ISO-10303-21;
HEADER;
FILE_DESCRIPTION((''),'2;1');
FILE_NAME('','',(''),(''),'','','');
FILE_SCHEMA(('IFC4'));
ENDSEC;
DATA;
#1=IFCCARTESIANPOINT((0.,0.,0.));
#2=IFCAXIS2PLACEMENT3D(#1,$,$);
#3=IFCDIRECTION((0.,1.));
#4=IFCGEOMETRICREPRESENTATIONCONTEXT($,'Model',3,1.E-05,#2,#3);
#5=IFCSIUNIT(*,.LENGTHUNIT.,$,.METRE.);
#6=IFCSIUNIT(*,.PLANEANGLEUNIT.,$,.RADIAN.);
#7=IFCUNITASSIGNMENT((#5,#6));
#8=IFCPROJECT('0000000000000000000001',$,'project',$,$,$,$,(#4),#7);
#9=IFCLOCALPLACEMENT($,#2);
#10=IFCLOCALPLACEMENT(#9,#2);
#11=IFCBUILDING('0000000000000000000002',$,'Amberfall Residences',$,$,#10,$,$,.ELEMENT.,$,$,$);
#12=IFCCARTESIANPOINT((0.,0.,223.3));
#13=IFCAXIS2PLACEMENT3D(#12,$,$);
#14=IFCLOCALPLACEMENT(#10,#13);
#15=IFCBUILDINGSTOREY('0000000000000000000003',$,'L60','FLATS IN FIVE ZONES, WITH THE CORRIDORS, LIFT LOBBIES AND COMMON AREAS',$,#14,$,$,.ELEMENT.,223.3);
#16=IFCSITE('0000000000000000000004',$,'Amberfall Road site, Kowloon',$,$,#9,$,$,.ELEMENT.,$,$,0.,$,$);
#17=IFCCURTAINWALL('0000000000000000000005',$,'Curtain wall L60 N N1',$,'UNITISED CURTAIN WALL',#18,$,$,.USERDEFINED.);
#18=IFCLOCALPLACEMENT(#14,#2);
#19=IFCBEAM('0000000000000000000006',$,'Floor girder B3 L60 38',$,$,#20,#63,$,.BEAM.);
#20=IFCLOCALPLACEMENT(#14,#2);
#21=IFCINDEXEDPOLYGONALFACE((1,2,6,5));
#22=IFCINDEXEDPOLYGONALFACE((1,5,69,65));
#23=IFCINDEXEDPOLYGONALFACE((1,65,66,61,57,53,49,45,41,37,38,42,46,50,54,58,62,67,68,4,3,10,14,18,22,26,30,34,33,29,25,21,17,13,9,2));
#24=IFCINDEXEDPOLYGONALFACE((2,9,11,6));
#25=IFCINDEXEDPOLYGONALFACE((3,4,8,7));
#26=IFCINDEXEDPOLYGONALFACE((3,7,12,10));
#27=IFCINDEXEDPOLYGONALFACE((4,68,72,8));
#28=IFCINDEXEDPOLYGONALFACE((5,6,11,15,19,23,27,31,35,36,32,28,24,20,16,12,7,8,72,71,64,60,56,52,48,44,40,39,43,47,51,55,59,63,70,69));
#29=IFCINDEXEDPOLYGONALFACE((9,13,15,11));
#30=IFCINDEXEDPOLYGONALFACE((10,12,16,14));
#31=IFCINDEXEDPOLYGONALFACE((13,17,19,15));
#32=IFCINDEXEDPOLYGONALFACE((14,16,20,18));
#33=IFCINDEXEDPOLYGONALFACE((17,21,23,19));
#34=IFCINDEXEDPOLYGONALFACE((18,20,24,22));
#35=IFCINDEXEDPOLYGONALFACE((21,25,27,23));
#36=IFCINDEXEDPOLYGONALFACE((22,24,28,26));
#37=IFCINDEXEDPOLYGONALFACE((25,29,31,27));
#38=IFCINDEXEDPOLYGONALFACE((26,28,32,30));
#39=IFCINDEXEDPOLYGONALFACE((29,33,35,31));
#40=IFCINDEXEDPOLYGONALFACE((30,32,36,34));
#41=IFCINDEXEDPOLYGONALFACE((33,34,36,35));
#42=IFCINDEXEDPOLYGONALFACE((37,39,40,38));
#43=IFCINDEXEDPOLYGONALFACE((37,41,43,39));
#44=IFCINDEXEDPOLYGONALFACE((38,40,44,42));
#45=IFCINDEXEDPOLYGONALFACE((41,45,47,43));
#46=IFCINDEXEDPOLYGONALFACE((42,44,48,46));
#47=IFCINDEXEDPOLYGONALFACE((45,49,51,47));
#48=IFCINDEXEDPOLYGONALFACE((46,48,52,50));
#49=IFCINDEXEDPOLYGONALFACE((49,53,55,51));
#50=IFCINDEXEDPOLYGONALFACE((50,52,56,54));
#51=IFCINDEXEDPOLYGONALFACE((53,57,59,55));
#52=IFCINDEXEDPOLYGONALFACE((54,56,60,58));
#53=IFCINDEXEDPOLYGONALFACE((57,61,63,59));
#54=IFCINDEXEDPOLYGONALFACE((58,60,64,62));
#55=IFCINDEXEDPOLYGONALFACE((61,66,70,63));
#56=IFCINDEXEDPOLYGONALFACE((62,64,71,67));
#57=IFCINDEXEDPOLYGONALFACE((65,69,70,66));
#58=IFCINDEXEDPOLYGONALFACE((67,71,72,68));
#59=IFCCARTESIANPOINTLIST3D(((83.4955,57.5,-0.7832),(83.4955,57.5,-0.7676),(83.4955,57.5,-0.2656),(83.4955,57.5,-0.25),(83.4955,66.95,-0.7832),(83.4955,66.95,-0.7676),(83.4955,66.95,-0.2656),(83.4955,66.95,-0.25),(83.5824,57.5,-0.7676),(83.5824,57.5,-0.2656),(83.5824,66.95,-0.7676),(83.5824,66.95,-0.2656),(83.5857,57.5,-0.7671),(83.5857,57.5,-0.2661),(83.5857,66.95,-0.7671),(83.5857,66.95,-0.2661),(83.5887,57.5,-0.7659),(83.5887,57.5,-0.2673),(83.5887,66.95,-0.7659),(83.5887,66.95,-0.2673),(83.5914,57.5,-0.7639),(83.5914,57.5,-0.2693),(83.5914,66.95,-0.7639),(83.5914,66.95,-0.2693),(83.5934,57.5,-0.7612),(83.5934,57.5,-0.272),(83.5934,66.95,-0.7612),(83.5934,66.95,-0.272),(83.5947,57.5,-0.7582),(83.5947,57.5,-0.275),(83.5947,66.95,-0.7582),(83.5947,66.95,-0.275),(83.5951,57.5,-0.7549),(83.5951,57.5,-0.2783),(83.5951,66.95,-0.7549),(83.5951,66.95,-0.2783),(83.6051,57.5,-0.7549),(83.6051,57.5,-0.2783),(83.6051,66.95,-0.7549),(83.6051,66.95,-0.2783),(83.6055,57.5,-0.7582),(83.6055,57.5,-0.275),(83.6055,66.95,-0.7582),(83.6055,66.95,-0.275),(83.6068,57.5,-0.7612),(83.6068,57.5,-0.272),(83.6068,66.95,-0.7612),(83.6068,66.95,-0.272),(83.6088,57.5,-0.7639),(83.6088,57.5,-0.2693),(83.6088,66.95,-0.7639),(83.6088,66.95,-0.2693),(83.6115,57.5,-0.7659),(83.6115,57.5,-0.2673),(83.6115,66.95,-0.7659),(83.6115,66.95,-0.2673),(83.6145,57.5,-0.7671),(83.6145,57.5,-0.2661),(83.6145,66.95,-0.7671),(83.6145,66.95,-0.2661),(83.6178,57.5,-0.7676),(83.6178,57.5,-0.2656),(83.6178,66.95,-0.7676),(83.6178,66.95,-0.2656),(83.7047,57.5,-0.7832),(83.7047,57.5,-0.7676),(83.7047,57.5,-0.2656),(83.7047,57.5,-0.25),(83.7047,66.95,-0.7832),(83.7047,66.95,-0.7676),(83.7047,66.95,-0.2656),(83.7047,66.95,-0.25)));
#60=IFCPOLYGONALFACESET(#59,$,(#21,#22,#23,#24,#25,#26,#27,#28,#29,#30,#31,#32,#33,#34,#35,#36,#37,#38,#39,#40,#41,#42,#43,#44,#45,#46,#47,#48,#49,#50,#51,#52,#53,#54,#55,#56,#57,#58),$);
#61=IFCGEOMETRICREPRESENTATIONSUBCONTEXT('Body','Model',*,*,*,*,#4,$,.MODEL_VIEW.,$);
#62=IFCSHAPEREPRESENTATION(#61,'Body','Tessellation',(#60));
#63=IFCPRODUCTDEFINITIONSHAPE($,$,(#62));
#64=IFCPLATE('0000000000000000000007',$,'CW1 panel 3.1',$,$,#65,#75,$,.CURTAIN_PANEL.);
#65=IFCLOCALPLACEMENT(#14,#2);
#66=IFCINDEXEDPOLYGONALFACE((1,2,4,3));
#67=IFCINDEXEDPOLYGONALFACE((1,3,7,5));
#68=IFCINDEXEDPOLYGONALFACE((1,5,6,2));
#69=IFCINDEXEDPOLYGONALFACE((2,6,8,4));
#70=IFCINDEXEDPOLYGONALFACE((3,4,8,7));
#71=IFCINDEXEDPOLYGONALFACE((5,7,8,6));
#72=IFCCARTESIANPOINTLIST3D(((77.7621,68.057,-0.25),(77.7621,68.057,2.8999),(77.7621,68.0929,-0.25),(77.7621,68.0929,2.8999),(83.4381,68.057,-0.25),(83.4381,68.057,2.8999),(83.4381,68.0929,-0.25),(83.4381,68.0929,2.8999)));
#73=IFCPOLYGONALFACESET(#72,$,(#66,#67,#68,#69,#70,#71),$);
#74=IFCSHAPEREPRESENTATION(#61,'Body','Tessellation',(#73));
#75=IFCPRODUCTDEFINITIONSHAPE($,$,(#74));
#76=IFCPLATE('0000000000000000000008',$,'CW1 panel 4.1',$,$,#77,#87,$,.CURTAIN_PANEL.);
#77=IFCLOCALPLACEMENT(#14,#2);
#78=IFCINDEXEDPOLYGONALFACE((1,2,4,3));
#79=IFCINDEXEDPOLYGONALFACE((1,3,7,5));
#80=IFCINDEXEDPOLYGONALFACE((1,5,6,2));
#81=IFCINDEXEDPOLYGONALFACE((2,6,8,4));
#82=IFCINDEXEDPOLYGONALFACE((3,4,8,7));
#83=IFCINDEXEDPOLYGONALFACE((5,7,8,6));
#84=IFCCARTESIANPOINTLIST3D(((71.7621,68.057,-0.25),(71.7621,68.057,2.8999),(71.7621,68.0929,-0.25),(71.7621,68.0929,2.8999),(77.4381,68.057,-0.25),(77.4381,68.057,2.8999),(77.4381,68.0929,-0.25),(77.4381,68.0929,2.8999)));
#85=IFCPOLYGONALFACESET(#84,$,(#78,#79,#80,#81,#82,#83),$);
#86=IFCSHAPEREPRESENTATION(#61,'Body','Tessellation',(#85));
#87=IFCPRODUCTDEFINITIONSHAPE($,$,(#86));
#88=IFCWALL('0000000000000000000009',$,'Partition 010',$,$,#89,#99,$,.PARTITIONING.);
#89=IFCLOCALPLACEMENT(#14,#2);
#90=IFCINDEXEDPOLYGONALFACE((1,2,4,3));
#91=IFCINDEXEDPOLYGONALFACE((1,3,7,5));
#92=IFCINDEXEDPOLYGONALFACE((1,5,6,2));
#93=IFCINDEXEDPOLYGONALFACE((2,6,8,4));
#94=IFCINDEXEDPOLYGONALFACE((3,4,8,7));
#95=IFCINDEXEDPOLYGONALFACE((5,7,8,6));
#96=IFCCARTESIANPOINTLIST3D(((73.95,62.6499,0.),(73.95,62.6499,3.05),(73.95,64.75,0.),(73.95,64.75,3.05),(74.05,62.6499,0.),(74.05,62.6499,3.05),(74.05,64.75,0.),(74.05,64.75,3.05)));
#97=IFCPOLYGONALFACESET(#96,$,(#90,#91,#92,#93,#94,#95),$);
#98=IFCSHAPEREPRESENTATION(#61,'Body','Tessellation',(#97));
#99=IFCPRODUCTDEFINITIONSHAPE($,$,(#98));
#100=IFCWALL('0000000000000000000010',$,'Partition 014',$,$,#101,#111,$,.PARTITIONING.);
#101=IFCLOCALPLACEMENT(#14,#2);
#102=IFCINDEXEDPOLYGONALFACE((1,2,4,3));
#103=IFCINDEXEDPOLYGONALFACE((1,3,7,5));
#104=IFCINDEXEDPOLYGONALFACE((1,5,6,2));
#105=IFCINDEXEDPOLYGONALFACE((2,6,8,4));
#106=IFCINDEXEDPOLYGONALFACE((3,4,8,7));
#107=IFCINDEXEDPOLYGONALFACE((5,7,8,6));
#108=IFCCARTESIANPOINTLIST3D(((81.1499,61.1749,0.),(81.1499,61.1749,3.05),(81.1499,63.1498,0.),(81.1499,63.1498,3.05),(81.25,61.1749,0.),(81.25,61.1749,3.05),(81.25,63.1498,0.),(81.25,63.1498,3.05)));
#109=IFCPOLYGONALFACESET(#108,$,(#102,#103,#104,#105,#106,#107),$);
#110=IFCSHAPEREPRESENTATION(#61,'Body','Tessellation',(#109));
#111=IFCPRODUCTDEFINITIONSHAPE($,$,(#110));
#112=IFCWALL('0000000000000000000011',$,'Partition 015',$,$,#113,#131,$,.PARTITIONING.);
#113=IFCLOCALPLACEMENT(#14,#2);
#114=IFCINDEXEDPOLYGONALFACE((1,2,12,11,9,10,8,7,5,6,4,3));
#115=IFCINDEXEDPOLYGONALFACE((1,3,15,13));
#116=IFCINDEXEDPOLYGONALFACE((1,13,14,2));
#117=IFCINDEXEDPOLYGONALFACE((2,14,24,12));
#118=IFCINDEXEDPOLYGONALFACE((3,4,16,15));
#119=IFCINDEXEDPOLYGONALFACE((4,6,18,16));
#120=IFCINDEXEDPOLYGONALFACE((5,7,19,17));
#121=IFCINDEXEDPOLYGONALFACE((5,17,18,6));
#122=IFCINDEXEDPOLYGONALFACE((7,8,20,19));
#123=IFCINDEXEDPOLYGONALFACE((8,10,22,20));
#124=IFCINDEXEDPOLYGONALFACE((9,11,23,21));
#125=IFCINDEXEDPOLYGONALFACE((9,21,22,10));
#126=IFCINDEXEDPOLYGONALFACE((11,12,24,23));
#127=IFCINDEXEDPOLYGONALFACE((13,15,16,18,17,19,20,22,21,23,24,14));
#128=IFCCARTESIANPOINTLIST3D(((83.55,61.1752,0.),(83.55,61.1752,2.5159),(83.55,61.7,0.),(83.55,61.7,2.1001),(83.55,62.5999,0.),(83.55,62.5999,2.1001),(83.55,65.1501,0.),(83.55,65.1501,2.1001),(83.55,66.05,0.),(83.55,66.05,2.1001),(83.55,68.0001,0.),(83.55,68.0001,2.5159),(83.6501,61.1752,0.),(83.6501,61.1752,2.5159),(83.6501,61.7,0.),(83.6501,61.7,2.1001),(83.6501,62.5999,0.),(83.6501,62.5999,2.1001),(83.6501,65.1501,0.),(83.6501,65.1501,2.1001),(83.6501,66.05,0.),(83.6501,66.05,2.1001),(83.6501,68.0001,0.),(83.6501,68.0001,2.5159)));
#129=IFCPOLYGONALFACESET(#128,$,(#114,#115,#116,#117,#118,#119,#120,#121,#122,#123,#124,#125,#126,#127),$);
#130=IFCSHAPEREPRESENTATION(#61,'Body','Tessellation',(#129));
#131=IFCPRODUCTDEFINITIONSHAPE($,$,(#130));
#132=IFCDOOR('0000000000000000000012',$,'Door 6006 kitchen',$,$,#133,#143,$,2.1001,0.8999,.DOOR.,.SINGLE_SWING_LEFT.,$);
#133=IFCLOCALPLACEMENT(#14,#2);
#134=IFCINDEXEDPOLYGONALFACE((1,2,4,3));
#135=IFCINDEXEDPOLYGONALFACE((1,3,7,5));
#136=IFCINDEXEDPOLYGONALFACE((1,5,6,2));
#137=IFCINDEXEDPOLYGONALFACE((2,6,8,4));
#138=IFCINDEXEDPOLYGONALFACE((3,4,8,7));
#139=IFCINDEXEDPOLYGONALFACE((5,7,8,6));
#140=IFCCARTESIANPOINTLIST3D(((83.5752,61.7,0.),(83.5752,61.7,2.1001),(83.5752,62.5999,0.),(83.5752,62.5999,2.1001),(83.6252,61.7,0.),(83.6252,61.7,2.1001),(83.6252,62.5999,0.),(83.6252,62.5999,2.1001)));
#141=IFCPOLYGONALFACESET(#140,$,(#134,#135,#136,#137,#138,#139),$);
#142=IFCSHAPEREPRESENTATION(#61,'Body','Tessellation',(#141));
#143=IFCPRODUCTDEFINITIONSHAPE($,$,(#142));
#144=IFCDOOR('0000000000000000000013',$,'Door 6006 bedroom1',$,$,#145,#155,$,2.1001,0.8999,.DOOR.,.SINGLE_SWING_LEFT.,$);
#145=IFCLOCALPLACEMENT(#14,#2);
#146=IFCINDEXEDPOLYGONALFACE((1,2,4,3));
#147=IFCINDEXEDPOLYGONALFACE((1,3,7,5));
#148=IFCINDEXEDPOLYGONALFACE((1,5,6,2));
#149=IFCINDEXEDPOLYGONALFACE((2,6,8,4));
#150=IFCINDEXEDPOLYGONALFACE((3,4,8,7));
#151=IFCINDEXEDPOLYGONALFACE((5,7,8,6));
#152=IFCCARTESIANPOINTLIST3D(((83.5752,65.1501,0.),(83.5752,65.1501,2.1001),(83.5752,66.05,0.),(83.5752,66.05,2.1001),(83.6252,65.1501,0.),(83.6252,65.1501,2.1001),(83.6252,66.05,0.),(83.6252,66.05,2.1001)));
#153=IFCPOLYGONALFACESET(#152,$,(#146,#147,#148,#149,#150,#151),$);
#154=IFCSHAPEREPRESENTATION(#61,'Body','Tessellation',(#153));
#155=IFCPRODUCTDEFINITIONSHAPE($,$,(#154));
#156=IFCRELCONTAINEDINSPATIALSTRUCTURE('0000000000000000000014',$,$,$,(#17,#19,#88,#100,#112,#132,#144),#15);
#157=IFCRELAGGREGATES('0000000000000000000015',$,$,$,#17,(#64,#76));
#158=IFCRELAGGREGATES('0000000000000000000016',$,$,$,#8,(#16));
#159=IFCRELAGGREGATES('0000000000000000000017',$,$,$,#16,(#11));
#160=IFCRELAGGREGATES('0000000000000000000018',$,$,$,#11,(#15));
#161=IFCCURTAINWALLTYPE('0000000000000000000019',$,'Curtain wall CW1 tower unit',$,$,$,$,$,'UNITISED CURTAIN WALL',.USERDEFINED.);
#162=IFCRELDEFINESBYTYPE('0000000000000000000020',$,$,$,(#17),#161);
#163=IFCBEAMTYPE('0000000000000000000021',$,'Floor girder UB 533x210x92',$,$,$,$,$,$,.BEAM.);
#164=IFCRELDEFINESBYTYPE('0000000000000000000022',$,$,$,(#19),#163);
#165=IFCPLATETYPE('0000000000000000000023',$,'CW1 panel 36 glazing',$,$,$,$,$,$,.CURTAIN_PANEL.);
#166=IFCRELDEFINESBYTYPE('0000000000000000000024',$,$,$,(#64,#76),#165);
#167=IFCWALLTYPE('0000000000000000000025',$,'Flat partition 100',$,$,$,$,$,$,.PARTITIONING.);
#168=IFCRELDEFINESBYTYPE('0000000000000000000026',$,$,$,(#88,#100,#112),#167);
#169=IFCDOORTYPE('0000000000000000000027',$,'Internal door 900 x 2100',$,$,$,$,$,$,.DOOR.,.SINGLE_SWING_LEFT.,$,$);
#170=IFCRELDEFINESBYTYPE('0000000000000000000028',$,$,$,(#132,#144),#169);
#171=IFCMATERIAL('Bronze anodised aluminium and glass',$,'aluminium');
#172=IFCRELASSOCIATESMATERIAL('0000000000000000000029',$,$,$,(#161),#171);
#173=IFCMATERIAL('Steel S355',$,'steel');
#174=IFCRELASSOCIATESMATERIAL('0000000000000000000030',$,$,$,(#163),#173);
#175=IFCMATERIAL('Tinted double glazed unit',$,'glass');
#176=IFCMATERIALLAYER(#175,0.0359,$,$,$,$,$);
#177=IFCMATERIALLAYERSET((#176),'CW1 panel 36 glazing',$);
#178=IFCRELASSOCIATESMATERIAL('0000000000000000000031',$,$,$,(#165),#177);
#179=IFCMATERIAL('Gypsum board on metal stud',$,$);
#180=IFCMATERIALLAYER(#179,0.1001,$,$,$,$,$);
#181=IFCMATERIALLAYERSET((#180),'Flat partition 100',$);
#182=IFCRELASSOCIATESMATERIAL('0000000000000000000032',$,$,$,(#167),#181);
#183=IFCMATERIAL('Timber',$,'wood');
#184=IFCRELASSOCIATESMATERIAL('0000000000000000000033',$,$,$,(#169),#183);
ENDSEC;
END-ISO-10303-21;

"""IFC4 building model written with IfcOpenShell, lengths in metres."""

from ifc_helpers import new_model, si_unit, direction, frame, frame_2d, origin, origin_2d, place, context, subcontext, project, spatial, rectangle, i_section, extrude, material, layer, layer_set, material_profile, profile_set, type_object, element, fill, aggregate, save


model = new_model("IFC4")

# Units and contexts
model_context = context("Model", 3, precision=1e-05, world=origin(), true_north=direction((0.0, 1.0)))
body_context = subcontext(model_context, "Body", "Model", "MODEL_VIEW")
ifc_project = project(units=[si_unit("LENGTHUNIT", "METRE"), si_unit("PLANEANGLEUNIT", "RADIAN")], contexts=[model_context])

# Site, building, storey
site_placement = place(None, origin())
site = spatial("IfcSite", under=ifc_project, at=site_placement, Name="Amberfall Road site, Kowloon", CompositionType="ELEMENT", RefElevation=0.0)
building_placement = place(site_placement, origin())
building = spatial("IfcBuilding", under=site, at=building_placement, Name="Amberfall Residences", CompositionType="ELEMENT")
storey_placement = place(building_placement, frame((0.0, 0.0, 223.3)))
storey = spatial("IfcBuildingStorey", under=building, at=storey_placement, Name="L60", Description="FLATS IN FIVE ZONES, WITH THE CORRIDORS, LIFT LOBBIES AND COMMON AREAS", CompositionType="ELEMENT", Elevation=223.3)

# Curtain wall
ifc_material_1 = material(Name="Bronze anodised aluminium and glass", Category="aluminium")
curtain_wall_type = type_object("IfcCurtainWallType", Name="Curtain wall CW1 tower unit", ElementType="UNITISED CURTAIN WALL", PredefinedType="USERDEFINED", material=ifc_material_1)
curtain_wall_placement = place(storey_placement, origin())
curtain_wall = element("IfcCurtainWall", 1, at=curtain_wall_placement, inside=storey, type_object=curtain_wall_type, Name="Curtain wall L60 N N1", ObjectType="UNITISED CURTAIN WALL", PredefinedType="USERDEFINED")

# Shared definitions
ifc_material_2 = material(Name="Steel S355", Category="steel")

# Beam
ifc_material_profile_1 = material_profile(ifc_material_2, i_section(OverallWidth=0.2092, OverallDepth=0.5332, WebThickness=0.01, FlangeThickness=0.0156, FilletRadius=0.0127, at=origin_2d()), Name="UB 533x210x92")
ifc_profile_set_1 = profile_set([ifc_material_profile_1], Name="Steel S355")
beam_type_1 = type_object("IfcBeamType", Name="Floor girder UB 533x210x92", PredefinedType="BEAM", material=ifc_profile_set_1)
for number, where, z_axis, x_axis, name in (
    (2, (83.6001, 66.95, -0.5166), (0.0, -1.0, 0.0), (1.0, 0.0, 0.0), "Floor girder B3 L60 38"),
):
    element("IfcBeam", number, at=place(storey_placement, frame(where, z_axis=z_axis, x_axis=x_axis)), inside=storey, type_object=beam_type_1, Name=name, PredefinedType="BEAM", context=body_context, shape_type="SweptSolid", body=[
        extrude(i_section(OverallWidth=0.2092, OverallDepth=0.5332, WebThickness=0.01, FlangeThickness=0.0156, FilletRadius=0.0127, at=origin_2d()), origin(), (0.0, 0.0, 1.0), 9.45),
    ])

# Plates
ifc_material_3 = material(Name="Tinted double glazed unit", Category="glass")
ifc_layer_1 = layer(ifc_material_3, 0.0359)
ifc_layer_set_1 = layer_set([ifc_layer_1], Name="CW1 panel 36 glazing")
plate_type = type_object("IfcPlateType", Name="CW1 panel 36 glazing", PredefinedType="CURTAIN_PANEL", material=ifc_layer_set_1)
plate_1_placement = place(storey_placement, frame((80.6001, 68.075, -0.25), z_axis=(0.0, 0.0, 1.0), x_axis=(-1.0, 0.0, 0.0)))
plate_1 = element("IfcPlate", 3, at=plate_1_placement, type_object=plate_type, Name="CW1 panel 3.1", PredefinedType="CURTAIN_PANEL", context=body_context, shape_type="SweptSolid", body=[
    extrude(rectangle(XDim=5.676, YDim=0.0359, at=origin_2d()), origin(), (0.0, 0.0, 1.0), 3.1499),
])
plate_2_placement = place(storey_placement, frame((74.6001, 68.075, -0.25), z_axis=(0.0, 0.0, 1.0), x_axis=(-1.0, 0.0, 0.0)))
plate_2 = element("IfcPlate", 4, at=plate_2_placement, type_object=plate_type, Name="CW1 panel 4.1", PredefinedType="CURTAIN_PANEL", context=body_context, shape_type="SweptSolid", body=[
    extrude(rectangle(XDim=5.676, YDim=0.0359, at=origin_2d()), origin(), (0.0, 0.0, 1.0), 3.1499),
])
aggregate(curtain_wall, [plate_1, plate_2])

# Walls
ifc_material_4 = material(Name="Gypsum board on metal stud")
ifc_layer_2 = layer(ifc_material_4, 0.1001)
ifc_layer_set_2 = layer_set([ifc_layer_2], Name="Flat partition 100")
wall_type_1 = type_object("IfcWallType", Name="Flat partition 100", PredefinedType="PARTITIONING", material=ifc_layer_set_2)
wall_1_placement = place(storey_placement, frame((74.0, 62.6499, 0.0), z_axis=(0.0, 0.0, 1.0), x_axis=(0.0, 1.0, 0.0)))
element("IfcWall", 5, at=wall_1_placement, inside=storey, type_object=wall_type_1, Name="Partition 010", PredefinedType="PARTITIONING", context=body_context, shape_type="SweptSolid", body=[
    extrude(rectangle(XDim=2.1001, YDim=0.1001, at=frame_2d((1.05, 0.0))), origin(), (0.0, 0.0, 1.0), 3.05),
])
wall_2_placement = place(storey_placement, frame((81.2, 61.175, 0.0), z_axis=(0.0, 0.0, 1.0), x_axis=(0.0, 1.0, 0.0)))
element("IfcWall", 6, at=wall_2_placement, inside=storey, type_object=wall_type_1, Name="Partition 014", PredefinedType="PARTITIONING", context=body_context, shape_type="SweptSolid", body=[
    extrude(rectangle(XDim=1.9749, YDim=0.1001, at=frame_2d((0.9873, 0.0))), origin(), (0.0, 0.0, 1.0), 3.05),
])

# Wall, openings, doors
wall_3_placement = place(storey_placement, frame((83.6001, 61.175, 0.0), z_axis=(0.0, 0.0, 1.0), x_axis=(0.0, 1.0, 0.0)))
wall_3 = element("IfcWall", 7, at=wall_3_placement, inside=storey, type_object=wall_type_1, Name="Partition 015", PredefinedType="PARTITIONING", context=body_context, shape_type="SweptSolid", body=[
    extrude(rectangle(XDim=6.825, YDim=0.1001, at=frame_2d((3.4126, 0.0))), origin(), (0.0, 0.0, 1.0), 2.5159),
])
opening_1_placement = place(wall_3_placement, frame((0.5249, 0.0, 0.0)))
opening_1 = element("IfcOpeningElement", 8, at=opening_1_placement, cuts=wall_3, PredefinedType="OPENING", context=body_context, shape_type="SweptSolid", body=[
    extrude(rectangle(XDim=0.8999, YDim=2.1001, at=frame_2d((0.45, 1.05))), frame((0.0, 0.0601, 0.0), z_axis=(0.0, -1.0, 0.0), x_axis=(1.0, 0.0, 0.0)), (0.0, 0.0, 1.0), 0.1201),
])
opening_2_placement = place(wall_3_placement, frame((3.9751, 0.0, 0.0)))
opening_2 = element("IfcOpeningElement", 9, at=opening_2_placement, cuts=wall_3, PredefinedType="OPENING", context=body_context, shape_type="SweptSolid", body=[
    extrude(rectangle(XDim=0.8999, YDim=2.1001, at=frame_2d((0.45, 1.05))), frame((0.0, 0.0601, 0.0), z_axis=(0.0, -1.0, 0.0), x_axis=(1.0, 0.0, 0.0)), (0.0, 0.0, 1.0), 0.1201),
])
ifc_material_5 = material(Name="Timber", Category="wood")
door_type_1 = type_object("IfcDoorType", Name="Internal door 900 x 2100", OperationType="SINGLE_SWING_LEFT", PredefinedType="DOOR", material=ifc_material_5)
door_1_placement = place(opening_1_placement, origin())
door_1 = element("IfcDoor", 10, at=door_1_placement, inside=storey, type_object=door_type_1, Name="Door 6006 kitchen", OperationType="SINGLE_SWING_LEFT", OverallHeight=2.1001, OverallWidth=0.8999, PredefinedType="DOOR", context=body_context, shape_type="SweptSolid", body=[
    extrude(rectangle(XDim=0.8999, YDim=2.1001, at=frame_2d((0.45, 1.05))), frame((0.0, 0.0249, 0.0), z_axis=(0.0, -1.0, 0.0), x_axis=(1.0, 0.0, 0.0)), (0.0, 0.0, 1.0), 0.05),
])
fill(opening_1, door_1)
door_2_placement = place(opening_2_placement, origin())
door_2 = element("IfcDoor", 11, at=door_2_placement, inside=storey, type_object=door_type_1, Name="Door 6006 bedroom1", OperationType="SINGLE_SWING_LEFT", OverallHeight=2.1001, OverallWidth=0.8999, PredefinedType="DOOR", context=body_context, shape_type="SweptSolid", body=[
    extrude(rectangle(XDim=0.8999, YDim=2.1001, at=frame_2d((0.45, 1.05))), frame((0.0, 0.0249, 0.0), z_axis=(0.0, -1.0, 0.0), x_axis=(1.0, 0.0, 0.0)), (0.0, 0.0, 1.0), 0.05),
])
fill(opening_2, door_2)

save(model, "model.ifc")
